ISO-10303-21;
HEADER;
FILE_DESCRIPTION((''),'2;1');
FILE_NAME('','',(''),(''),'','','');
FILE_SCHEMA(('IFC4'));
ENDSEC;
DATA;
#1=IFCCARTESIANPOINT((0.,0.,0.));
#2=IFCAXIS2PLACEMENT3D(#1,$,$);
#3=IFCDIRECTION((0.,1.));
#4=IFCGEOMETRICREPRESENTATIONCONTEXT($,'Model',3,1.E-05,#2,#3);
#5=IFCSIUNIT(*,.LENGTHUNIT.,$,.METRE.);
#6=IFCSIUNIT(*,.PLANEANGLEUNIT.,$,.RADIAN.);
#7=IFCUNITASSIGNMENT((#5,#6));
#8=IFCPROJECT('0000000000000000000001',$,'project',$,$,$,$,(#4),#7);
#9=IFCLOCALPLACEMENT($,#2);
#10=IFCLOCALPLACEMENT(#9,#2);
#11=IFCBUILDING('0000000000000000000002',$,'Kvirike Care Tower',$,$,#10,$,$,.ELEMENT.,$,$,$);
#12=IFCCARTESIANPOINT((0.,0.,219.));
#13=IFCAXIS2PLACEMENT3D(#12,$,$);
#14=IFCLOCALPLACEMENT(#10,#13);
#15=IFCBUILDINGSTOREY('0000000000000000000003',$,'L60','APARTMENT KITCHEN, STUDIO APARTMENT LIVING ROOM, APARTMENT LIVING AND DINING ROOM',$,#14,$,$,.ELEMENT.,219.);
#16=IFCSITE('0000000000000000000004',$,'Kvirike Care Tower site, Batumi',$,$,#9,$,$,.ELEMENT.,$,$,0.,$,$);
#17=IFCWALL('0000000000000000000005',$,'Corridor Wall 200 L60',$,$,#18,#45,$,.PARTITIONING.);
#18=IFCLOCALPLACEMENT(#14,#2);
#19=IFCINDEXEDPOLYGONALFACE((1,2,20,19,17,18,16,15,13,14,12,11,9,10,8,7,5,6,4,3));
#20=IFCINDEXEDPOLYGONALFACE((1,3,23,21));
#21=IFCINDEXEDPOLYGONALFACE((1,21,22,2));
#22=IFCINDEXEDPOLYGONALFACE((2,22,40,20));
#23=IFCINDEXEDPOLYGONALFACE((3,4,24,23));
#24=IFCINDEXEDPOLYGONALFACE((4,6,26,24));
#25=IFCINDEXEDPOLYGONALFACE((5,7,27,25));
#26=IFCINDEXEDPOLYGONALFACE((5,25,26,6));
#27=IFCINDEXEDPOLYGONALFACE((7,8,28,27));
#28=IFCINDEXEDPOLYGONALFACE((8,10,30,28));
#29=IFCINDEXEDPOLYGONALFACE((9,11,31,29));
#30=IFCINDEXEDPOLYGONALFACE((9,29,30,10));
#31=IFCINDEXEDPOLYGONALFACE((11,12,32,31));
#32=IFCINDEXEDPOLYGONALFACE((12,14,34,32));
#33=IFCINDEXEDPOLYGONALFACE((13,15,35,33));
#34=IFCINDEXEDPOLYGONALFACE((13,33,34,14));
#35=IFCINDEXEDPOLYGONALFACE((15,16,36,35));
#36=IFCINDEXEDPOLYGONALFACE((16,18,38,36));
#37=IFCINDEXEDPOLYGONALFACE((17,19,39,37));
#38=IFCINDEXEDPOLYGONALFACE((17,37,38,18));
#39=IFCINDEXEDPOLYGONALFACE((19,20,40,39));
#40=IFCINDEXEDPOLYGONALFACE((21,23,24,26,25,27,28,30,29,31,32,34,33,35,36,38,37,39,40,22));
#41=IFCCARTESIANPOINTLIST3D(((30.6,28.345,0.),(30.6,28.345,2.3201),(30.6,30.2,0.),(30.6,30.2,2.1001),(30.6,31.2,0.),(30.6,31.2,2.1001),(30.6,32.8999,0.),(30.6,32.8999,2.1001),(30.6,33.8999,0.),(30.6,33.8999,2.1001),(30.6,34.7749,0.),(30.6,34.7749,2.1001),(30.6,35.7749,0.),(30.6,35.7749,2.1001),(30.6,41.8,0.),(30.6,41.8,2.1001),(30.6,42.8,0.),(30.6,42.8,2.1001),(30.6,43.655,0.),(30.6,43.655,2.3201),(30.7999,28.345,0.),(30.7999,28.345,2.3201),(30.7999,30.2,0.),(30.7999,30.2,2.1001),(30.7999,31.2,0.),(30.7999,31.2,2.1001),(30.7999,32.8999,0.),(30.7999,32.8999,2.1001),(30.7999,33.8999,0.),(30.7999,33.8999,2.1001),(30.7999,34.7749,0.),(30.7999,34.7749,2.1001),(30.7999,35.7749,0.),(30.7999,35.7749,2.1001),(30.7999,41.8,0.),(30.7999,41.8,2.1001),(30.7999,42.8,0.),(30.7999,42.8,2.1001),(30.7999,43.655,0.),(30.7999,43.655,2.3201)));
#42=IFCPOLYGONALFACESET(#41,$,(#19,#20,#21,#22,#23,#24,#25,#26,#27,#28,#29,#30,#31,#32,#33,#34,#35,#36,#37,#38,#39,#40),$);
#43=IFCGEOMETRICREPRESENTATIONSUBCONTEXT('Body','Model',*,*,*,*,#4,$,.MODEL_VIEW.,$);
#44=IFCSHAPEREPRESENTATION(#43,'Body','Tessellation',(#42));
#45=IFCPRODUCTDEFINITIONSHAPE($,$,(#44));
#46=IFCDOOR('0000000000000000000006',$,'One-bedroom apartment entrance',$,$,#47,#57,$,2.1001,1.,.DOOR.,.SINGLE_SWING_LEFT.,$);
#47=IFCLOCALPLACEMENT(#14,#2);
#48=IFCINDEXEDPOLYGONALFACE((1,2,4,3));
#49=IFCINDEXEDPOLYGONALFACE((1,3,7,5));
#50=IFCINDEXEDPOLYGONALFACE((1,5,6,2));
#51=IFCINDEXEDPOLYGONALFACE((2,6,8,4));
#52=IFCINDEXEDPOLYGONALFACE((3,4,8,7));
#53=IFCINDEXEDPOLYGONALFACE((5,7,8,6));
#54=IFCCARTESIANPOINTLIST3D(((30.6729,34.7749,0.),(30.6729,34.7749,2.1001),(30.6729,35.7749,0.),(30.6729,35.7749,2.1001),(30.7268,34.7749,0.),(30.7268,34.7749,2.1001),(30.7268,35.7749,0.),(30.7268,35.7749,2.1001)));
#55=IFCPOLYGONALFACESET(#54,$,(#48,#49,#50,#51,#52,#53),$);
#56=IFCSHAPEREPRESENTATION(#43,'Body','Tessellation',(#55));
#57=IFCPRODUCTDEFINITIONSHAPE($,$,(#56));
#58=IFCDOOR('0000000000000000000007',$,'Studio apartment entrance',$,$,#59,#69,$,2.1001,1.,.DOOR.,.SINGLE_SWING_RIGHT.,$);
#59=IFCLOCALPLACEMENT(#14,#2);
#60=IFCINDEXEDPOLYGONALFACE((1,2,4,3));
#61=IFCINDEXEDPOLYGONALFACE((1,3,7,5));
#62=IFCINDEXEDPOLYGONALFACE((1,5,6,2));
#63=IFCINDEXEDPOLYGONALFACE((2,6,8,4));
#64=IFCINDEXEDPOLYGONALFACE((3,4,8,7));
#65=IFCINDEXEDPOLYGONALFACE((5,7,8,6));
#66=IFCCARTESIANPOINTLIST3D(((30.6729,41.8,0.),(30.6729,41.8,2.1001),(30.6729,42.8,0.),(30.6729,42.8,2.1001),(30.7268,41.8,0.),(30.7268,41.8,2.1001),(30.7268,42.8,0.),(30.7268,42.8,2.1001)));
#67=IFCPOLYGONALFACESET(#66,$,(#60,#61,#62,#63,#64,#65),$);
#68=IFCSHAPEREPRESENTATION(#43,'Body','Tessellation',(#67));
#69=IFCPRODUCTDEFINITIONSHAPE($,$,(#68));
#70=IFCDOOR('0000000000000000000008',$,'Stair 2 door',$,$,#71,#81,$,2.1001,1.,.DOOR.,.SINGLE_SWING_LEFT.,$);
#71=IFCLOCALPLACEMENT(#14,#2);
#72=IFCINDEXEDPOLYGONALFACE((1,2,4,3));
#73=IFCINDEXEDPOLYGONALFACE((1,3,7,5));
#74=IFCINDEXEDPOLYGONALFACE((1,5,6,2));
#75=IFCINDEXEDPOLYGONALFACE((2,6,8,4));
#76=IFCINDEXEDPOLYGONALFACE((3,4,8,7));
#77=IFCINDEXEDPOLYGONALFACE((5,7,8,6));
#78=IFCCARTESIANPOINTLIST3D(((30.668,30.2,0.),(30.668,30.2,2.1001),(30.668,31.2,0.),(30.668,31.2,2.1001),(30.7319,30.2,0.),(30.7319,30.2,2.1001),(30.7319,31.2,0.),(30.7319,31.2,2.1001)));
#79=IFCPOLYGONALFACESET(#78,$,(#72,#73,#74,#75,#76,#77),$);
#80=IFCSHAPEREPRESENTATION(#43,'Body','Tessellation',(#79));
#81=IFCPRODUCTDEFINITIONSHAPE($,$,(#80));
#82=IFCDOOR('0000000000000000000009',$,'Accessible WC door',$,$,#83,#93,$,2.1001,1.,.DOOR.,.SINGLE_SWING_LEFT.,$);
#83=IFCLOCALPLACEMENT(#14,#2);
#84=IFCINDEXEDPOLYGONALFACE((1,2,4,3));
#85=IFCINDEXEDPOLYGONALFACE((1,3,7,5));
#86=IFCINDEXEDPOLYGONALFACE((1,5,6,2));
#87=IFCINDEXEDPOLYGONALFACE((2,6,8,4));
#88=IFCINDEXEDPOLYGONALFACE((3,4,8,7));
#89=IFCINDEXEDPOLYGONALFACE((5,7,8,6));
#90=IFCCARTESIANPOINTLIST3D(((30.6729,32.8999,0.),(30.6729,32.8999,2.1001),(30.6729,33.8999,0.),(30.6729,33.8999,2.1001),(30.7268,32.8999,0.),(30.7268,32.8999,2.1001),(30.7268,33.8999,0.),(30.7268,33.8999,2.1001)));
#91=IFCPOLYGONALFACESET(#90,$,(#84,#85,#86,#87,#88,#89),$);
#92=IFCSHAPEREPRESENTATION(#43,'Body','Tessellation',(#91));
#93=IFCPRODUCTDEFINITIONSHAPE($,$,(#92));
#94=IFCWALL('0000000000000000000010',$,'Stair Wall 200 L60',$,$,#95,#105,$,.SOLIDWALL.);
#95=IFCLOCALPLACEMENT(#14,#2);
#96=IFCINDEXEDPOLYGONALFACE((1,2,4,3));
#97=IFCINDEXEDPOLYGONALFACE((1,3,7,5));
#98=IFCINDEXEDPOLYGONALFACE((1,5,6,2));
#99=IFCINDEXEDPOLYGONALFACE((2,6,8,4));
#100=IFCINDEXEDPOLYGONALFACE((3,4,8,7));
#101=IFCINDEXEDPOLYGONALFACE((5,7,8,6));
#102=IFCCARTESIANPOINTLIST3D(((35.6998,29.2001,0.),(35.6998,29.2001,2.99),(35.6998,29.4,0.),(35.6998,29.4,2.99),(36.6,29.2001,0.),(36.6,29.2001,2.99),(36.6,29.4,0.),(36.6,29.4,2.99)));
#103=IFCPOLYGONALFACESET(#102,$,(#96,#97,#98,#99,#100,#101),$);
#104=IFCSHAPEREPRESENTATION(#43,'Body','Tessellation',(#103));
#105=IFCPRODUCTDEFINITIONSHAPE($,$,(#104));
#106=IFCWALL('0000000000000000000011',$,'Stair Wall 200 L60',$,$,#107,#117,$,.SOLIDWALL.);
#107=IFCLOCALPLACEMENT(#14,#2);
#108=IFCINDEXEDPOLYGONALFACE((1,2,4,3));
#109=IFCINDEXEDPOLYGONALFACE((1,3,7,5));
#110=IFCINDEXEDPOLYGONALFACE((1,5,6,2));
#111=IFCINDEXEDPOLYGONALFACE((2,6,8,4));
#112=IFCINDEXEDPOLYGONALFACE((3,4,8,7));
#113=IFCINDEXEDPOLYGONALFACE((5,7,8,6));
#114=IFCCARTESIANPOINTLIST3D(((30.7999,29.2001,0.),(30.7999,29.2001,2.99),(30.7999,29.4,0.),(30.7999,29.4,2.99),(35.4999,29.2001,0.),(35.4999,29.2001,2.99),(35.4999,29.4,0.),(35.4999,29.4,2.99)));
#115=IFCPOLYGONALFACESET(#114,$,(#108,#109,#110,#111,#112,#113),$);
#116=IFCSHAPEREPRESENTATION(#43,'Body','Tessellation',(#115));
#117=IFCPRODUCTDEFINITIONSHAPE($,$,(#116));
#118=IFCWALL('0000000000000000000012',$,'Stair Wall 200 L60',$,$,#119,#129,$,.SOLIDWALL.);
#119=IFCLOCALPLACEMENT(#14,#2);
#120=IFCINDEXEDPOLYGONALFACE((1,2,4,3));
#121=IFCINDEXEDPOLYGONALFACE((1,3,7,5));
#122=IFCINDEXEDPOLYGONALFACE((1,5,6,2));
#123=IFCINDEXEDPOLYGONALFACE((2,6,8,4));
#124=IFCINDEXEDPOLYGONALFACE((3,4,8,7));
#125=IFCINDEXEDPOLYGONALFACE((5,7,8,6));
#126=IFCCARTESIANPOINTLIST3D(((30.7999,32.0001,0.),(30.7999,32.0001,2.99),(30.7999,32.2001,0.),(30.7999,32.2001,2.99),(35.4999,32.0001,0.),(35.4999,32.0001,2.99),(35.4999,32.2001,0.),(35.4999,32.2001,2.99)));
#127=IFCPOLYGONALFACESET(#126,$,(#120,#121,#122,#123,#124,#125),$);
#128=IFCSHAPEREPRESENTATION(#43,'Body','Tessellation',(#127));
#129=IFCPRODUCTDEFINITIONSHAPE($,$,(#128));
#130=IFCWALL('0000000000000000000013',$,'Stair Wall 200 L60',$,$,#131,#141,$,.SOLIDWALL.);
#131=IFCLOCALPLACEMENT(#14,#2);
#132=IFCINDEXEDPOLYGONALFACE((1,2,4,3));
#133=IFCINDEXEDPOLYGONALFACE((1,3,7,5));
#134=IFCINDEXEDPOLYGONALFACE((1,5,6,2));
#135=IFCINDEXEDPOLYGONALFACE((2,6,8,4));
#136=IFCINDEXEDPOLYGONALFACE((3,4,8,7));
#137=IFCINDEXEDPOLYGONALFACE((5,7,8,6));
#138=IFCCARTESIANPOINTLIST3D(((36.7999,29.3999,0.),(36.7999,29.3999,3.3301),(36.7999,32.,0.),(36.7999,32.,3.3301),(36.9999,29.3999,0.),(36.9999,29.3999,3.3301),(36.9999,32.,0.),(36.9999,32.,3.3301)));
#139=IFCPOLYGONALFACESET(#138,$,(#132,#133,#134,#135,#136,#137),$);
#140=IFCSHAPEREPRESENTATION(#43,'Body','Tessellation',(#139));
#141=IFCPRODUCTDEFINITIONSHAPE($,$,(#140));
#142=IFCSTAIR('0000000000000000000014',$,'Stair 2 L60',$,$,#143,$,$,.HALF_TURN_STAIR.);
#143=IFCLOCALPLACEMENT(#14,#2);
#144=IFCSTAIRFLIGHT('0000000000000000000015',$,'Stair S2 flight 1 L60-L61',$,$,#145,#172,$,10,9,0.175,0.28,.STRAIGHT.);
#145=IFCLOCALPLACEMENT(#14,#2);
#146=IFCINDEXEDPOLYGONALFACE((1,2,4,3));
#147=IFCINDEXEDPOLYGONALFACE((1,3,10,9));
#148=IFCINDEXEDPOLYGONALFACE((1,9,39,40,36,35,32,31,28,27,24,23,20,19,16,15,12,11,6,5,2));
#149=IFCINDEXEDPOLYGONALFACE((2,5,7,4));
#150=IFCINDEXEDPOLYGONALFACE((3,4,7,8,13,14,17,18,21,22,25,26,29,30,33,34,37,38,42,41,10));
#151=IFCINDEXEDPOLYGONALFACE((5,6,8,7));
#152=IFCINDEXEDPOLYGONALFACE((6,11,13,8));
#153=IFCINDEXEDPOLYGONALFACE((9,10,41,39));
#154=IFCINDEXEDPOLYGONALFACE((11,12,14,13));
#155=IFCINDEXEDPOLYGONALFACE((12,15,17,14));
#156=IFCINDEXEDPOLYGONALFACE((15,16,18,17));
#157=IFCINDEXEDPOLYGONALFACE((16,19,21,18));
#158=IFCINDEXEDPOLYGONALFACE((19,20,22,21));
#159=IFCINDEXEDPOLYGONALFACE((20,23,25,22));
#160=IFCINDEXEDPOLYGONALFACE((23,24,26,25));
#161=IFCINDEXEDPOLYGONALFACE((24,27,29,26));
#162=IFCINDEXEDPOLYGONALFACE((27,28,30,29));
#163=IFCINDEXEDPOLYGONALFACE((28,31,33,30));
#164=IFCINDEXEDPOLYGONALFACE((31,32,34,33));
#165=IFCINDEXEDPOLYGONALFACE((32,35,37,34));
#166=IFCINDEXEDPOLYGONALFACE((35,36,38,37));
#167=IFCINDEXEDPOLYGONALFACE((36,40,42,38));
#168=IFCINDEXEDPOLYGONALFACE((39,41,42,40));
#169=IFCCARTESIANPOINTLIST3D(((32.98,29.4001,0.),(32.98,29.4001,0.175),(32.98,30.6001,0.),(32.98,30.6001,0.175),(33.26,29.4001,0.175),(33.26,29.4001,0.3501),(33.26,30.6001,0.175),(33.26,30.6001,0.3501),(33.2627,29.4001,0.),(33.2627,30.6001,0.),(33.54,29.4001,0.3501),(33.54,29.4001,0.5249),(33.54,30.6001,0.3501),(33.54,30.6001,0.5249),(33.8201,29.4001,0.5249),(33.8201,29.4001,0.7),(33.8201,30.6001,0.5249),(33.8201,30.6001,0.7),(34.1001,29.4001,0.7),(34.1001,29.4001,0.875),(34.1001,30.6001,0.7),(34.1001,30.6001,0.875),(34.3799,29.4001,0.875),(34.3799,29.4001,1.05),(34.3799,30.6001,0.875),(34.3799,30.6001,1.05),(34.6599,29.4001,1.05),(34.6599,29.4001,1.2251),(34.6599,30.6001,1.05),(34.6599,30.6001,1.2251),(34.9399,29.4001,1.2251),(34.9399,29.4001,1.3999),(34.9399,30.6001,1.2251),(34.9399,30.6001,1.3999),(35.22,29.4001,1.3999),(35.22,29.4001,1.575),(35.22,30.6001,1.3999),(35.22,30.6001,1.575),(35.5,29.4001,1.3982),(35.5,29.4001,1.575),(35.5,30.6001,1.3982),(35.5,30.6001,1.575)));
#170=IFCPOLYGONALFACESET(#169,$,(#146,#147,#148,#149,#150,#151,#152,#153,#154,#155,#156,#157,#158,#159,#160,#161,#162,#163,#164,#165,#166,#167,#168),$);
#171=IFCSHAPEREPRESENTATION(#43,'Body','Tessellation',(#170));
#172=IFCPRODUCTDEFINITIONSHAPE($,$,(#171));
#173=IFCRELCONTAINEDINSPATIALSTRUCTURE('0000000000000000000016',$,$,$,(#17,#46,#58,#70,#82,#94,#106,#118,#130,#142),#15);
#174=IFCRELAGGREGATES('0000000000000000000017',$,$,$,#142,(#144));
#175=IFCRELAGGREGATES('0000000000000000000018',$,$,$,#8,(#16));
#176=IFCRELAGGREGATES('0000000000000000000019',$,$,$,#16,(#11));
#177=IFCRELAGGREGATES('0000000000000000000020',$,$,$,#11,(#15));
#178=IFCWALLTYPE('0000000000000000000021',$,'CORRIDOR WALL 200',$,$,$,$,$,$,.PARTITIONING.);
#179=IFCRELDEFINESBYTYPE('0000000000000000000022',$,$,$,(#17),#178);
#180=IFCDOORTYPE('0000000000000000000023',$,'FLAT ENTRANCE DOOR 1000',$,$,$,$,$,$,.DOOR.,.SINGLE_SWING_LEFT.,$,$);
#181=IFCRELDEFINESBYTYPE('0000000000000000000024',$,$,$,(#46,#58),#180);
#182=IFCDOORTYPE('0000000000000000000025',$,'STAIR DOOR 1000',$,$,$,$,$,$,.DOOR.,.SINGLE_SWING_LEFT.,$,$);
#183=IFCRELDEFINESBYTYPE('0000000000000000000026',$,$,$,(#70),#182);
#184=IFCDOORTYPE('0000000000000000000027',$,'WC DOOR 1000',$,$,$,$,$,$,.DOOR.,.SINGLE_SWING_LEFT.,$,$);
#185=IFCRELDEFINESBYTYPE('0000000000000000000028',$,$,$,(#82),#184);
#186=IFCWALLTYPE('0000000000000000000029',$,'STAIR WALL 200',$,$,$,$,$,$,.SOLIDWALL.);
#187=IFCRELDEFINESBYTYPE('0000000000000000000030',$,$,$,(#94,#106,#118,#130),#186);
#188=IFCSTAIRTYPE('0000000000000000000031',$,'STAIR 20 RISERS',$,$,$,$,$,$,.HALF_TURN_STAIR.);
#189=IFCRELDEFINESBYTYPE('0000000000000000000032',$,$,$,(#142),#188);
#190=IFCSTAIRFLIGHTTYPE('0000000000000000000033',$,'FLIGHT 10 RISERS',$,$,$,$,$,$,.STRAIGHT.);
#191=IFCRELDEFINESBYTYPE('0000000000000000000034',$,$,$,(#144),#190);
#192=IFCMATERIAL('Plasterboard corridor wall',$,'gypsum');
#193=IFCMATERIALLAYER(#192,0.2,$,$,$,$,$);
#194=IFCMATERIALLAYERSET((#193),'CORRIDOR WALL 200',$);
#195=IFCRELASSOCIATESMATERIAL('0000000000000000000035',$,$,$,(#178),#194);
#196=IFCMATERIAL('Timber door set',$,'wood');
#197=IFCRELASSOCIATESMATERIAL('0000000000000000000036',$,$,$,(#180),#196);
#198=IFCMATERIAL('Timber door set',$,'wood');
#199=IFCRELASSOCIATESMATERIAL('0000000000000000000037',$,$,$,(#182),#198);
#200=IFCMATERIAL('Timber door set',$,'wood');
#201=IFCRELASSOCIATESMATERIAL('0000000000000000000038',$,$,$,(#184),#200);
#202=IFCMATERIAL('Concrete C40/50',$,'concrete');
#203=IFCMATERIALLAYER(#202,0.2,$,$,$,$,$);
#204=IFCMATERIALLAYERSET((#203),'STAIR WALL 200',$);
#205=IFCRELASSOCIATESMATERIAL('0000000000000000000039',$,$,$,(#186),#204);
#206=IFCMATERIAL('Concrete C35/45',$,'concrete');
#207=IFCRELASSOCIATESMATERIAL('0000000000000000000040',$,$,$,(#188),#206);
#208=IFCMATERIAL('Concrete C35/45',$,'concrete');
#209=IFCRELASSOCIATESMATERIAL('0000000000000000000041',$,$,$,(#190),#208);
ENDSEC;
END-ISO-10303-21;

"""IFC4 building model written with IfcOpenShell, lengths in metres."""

from ifc_helpers import new_model, si_unit, direction, frame, frame_2d, origin, place, context, subcontext, project, spatial, polyline, rectangle, outline, extrude, material, layer, layer_set, type_object, element, fill, aggregate, save


model = new_model("IFC4")

# Units and contexts
model_context = context("Model", 3, precision=1e-05, world=origin(), true_north=direction((0.0, 1.0)))
body_context = subcontext(model_context, "Body", "Model", "MODEL_VIEW")
ifc_project = project(units=[si_unit("LENGTHUNIT", "METRE"), si_unit("PLANEANGLEUNIT", "RADIAN")], contexts=[model_context])

# Site, building, storey
site_placement = place(None, origin())
site = spatial("IfcSite", under=ifc_project, at=site_placement, Name="Kvirike Care Tower site, Batumi", CompositionType="ELEMENT", RefElevation=0.0)
building_placement = place(site_placement, origin())
building = spatial("IfcBuilding", under=site, at=building_placement, Name="Kvirike Care Tower", CompositionType="ELEMENT")
storey_placement = place(building_placement, frame((0.0, 0.0, 219.0)))
storey = spatial("IfcBuildingStorey", under=building, at=storey_placement, Name="L60", Description="APARTMENT KITCHEN, STUDIO APARTMENT LIVING ROOM, APARTMENT LIVING AND DINING ROOM", CompositionType="ELEMENT", Elevation=219.0)

# Wall, openings, doors
ifc_material_1 = material(Name="Plasterboard corridor wall", Category="gypsum")
ifc_layer_1 = layer(ifc_material_1, 0.2)
ifc_layer_set_1 = layer_set([ifc_layer_1], Name="CORRIDOR WALL 200")
wall_type_1 = type_object("IfcWallType", Name="CORRIDOR WALL 200", PredefinedType="PARTITIONING", material=ifc_layer_set_1)
wall_1_placement = place(storey_placement, frame((30.7, 28.345, 0.0), z_axis=(0.0, 0.0, 1.0), x_axis=(0.0, 1.0, 0.0)))
wall_1 = element("IfcWall", 1, at=wall_1_placement, inside=storey, type_object=wall_type_1, Name="Corridor Wall 200 L60", PredefinedType="PARTITIONING", context=body_context, shape_type="SweptSolid", body=[
    extrude(rectangle(XDim=15.3101, YDim=0.2, at=frame_2d((7.655, 0.0))), origin(), (0.0, 0.0, 1.0), 2.3201),
])
opening_1_placement = place(wall_1_placement, frame((1.855, 0.0, 0.0)))
opening_1 = element("IfcOpeningElement", 2, at=opening_1_placement, cuts=wall_1, PredefinedType="OPENING", context=body_context, shape_type="SweptSolid", body=[
    extrude(rectangle(XDim=1.0, YDim=2.1001, at=frame_2d((0.5, 1.05))), frame((0.0, 0.1106, 0.0), z_axis=(0.0, -1.0, 0.0), x_axis=(1.0, 0.0, 0.0)), (0.0, 0.0, 1.0), 0.2209),
])
opening_2_placement = place(wall_1_placement, frame((4.5549, 0.0, 0.0)))
opening_2 = element("IfcOpeningElement", 3, at=opening_2_placement, cuts=wall_1, PredefinedType="OPENING", context=body_context, shape_type="SweptSolid", body=[
    extrude(rectangle(XDim=1.0, YDim=2.1001, at=frame_2d((0.5, 1.05))), frame((0.0, 0.1106, 0.0), z_axis=(0.0, -1.0, 0.0), x_axis=(1.0, 0.0, 0.0)), (0.0, 0.0, 1.0), 0.2209),
])
opening_3_placement = place(wall_1_placement, frame((6.4299, 0.0, 0.0)))
opening_3 = element("IfcOpeningElement", 4, at=opening_3_placement, cuts=wall_1, PredefinedType="OPENING", context=body_context, shape_type="SweptSolid", body=[
    extrude(rectangle(XDim=1.0, YDim=2.1001, at=frame_2d((0.5, 1.05))), frame((0.0, 0.1106, 0.0), z_axis=(0.0, -1.0, 0.0), x_axis=(1.0, 0.0, 0.0)), (0.0, 0.0, 1.0), 0.2209),
])
opening_4_placement = place(wall_1_placement, frame((13.4551, 0.0, 0.0)))
opening_4 = element("IfcOpeningElement", 5, at=opening_4_placement, cuts=wall_1, PredefinedType="OPENING", context=body_context, shape_type="SweptSolid", body=[
    extrude(rectangle(XDim=1.0, YDim=2.1001, at=frame_2d((0.5, 1.05))), frame((0.0, 0.1106, 0.0), z_axis=(0.0, -1.0, 0.0), x_axis=(1.0, 0.0, 0.0)), (0.0, 0.0, 1.0), 0.2209),
])
ifc_material_2 = material(Name="Timber door set", Category="wood")
door_type_1 = type_object("IfcDoorType", Name="FLAT ENTRANCE DOOR 1000", OperationType="SINGLE_SWING_LEFT", PredefinedType="DOOR", material=ifc_material_2)
door_1_placement = place(opening_3_placement, frame((1.0, 0.0, 0.0), z_axis=(0.0, 0.0, 1.0), x_axis=(-1.0, 0.0, 0.0)))
door_1 = element("IfcDoor", 6, at=door_1_placement, inside=storey, type_object=door_type_1, Name="One-bedroom apartment entrance", OperationType="SINGLE_SWING_LEFT", OverallHeight=2.1001, OverallWidth=1.0, PredefinedType="DOOR", context=body_context, shape_type="SweptSolid", body=[
    extrude(rectangle(XDim=1.0, YDim=2.1001, at=frame_2d((0.5, 1.05))), frame((0.0, 0.0269, 0.0), z_axis=(0.0, -1.0, 0.0), x_axis=(1.0, 0.0, 0.0)), (0.0, 0.0, 1.0), 0.054),
])
fill(opening_3, door_1)
door_2_placement = place(opening_4_placement, frame((1.0, 0.0, 0.0), z_axis=(0.0, 0.0, 1.0), x_axis=(-1.0, 0.0, 0.0)))
door_2 = element("IfcDoor", 7, at=door_2_placement, inside=storey, type_object=door_type_1, Name="Studio apartment entrance", OperationType="SINGLE_SWING_RIGHT", OverallHeight=2.1001, OverallWidth=1.0, PredefinedType="DOOR", context=body_context, shape_type="SweptSolid", body=[
    extrude(rectangle(XDim=1.0, YDim=2.1001, at=frame_2d((0.5, 1.05))), frame((0.0, 0.0269, 0.0), z_axis=(0.0, -1.0, 0.0), x_axis=(1.0, 0.0, 0.0)), (0.0, 0.0, 1.0), 0.054),
])
fill(opening_4, door_2)
ifc_material_3 = material(Name="Timber door set", Category="wood")
door_type_2 = type_object("IfcDoorType", Name="STAIR DOOR 1000", OperationType="SINGLE_SWING_LEFT", PredefinedType="DOOR", material=ifc_material_3)
door_3_placement = place(opening_1_placement, frame((1.0, 0.0, 0.0), z_axis=(0.0, 0.0, 1.0), x_axis=(-1.0, 0.0, 0.0)))
door_3 = element("IfcDoor", 8, at=door_3_placement, inside=storey, type_object=door_type_2, Name="Stair 2 door", OperationType="SINGLE_SWING_LEFT", OverallHeight=2.1001, OverallWidth=1.0, PredefinedType="DOOR", context=body_context, shape_type="SweptSolid", body=[
    extrude(rectangle(XDim=1.0, YDim=2.1001, at=frame_2d((0.5, 1.05))), frame((0.0, 0.032, 0.0), z_axis=(0.0, -1.0, 0.0), x_axis=(1.0, 0.0, 0.0)), (0.0, 0.0, 1.0), 0.064),
])
fill(opening_1, door_3)
ifc_material_4 = material(Name="Timber door set", Category="wood")
door_type_3 = type_object("IfcDoorType", Name="WC DOOR 1000", OperationType="SINGLE_SWING_LEFT", PredefinedType="DOOR", material=ifc_material_4)
door_4_placement = place(opening_2_placement, frame((1.0, 0.0, 0.0), z_axis=(0.0, 0.0, 1.0), x_axis=(-1.0, 0.0, 0.0)))
door_4 = element("IfcDoor", 9, at=door_4_placement, inside=storey, type_object=door_type_3, Name="Accessible WC door", OperationType="SINGLE_SWING_LEFT", OverallHeight=2.1001, OverallWidth=1.0, PredefinedType="DOOR", context=body_context, shape_type="SweptSolid", body=[
    extrude(rectangle(XDim=1.0, YDim=2.1001, at=frame_2d((0.5, 1.05))), frame((0.0, 0.0269, 0.0), z_axis=(0.0, -1.0, 0.0), x_axis=(1.0, 0.0, 0.0)), (0.0, 0.0, 1.0), 0.054),
])
fill(opening_2, door_4)

# Walls
ifc_material_5 = material(Name="Concrete C40/50", Category="concrete")
ifc_layer_2 = layer(ifc_material_5, 0.2)
ifc_layer_set_2 = layer_set([ifc_layer_2], Name="STAIR WALL 200")
wall_type_2 = type_object("IfcWallType", Name="STAIR WALL 200", PredefinedType="SOLIDWALL", material=ifc_layer_set_2)
wall_2_placement = place(storey_placement, frame((36.6001, 29.3, 0.0), z_axis=(0.0, 0.0, 1.0), x_axis=(-1.0, 0.0, 0.0)))
element("IfcWall", 10, at=wall_2_placement, inside=storey, type_object=wall_type_2, Name="Stair Wall 200 L60", PredefinedType="SOLIDWALL", context=body_context, shape_type="SweptSolid", body=[
    extrude(rectangle(XDim=0.9001, YDim=0.2, at=frame_2d((0.4502, 0.0))), origin(), (0.0, 0.0, 1.0), 2.99),
])
for number, where, z_axis, x_axis, name in (
    (11, (35.5, 29.3, 0.0), (0.0, 0.0, 1.0), (-1.0, 0.0, 0.0), "Stair Wall 200 L60"),
    (12, (35.5, 32.1001, 0.0), (0.0, 0.0, 1.0), (-1.0, 0.0, 0.0), "Stair Wall 200 L60"),
):
    element("IfcWall", number, at=place(storey_placement, frame(where, z_axis=z_axis, x_axis=x_axis)), inside=storey, type_object=wall_type_2, Name=name, PredefinedType="SOLIDWALL", context=body_context, shape_type="SweptSolid", body=[
        extrude(rectangle(XDim=4.7, YDim=0.2, at=frame_2d((2.3501, 0.0))), origin(), (0.0, 0.0, 1.0), 2.99),
    ])
wall_3_placement = place(storey_placement, frame((36.8999, 29.3999, 0.0), z_axis=(0.0, 0.0, 1.0), x_axis=(0.0, 1.0, 0.0)))
element("IfcWall", 13, at=wall_3_placement, inside=storey, type_object=wall_type_2, Name="Stair Wall 200 L60", PredefinedType="SOLIDWALL", context=body_context, shape_type="SweptSolid", body=[
    extrude(rectangle(XDim=2.6001, YDim=0.2, at=frame_2d((1.3, 0.0))), origin(), (0.0, 0.0, 1.0), 3.3301),
])

# Stair, stair flight
ifc_material_6 = material(Name="Concrete C35/45", Category="concrete")
stair_type = type_object("IfcStairType", Name="STAIR 20 RISERS", PredefinedType="HALF_TURN_STAIR", material=ifc_material_6)
stair_placement = place(storey_placement, origin())
stair = element("IfcStair", 14, at=stair_placement, inside=storey, type_object=stair_type, Name="Stair 2 L60", PredefinedType="HALF_TURN_STAIR")
ifc_material_7 = material(Name="Concrete C35/45", Category="concrete")
stair_flight_type = type_object("IfcStairFlightType", Name="FLIGHT 10 RISERS", PredefinedType="STRAIGHT", material=ifc_material_7)
stair_flight_1_placement = place(storey_placement, frame((32.98, 30.0, 0.0), z_axis=(0.0, 0.0, 1.0), x_axis=(1.0, 0.0, 0.0)))
stair_flight_1 = element("IfcStairFlight", 15, at=stair_flight_1_placement, type_object=stair_flight_type, Name="Stair S2 flight 1 L60-L61", NumberOfRisers=10, NumberOfTreads=9, PredefinedType="STRAIGHT", RiserHeight=0.175, TreadLength=0.28, context=body_context, shape_type="SweptSolid", body=[
    extrude(outline(polyline([(0.0, 0.0), (0.0, 0.175), (0.28, 0.175), (0.28, 0.3501), (0.5601, 0.3501), (0.5601, 0.5249), (0.8401, 0.5249), (0.8401, 0.7), (1.1201, 0.7), (1.1201, 0.875), (1.3999, 0.875), (1.3999, 1.05), (1.6799, 1.05), (1.6799, 1.2251), (1.96, 1.2251), (1.96, 1.3999), (2.24, 1.3999), (2.24, 1.575), (2.52, 1.575), (2.52, 1.75), (2.52, 1.3982), (0.2827, 0.0), (0.0, 0.0)])), frame((0.0, 0.6001, 0.0), z_axis=(0.0, -1.0, 0.0), x_axis=(1.0, 0.0, 0.0)), (0.0, 0.0, 1.0), 1.2),
])
aggregate(stair, [stair_flight_1])

save(model, "model.ifc")
